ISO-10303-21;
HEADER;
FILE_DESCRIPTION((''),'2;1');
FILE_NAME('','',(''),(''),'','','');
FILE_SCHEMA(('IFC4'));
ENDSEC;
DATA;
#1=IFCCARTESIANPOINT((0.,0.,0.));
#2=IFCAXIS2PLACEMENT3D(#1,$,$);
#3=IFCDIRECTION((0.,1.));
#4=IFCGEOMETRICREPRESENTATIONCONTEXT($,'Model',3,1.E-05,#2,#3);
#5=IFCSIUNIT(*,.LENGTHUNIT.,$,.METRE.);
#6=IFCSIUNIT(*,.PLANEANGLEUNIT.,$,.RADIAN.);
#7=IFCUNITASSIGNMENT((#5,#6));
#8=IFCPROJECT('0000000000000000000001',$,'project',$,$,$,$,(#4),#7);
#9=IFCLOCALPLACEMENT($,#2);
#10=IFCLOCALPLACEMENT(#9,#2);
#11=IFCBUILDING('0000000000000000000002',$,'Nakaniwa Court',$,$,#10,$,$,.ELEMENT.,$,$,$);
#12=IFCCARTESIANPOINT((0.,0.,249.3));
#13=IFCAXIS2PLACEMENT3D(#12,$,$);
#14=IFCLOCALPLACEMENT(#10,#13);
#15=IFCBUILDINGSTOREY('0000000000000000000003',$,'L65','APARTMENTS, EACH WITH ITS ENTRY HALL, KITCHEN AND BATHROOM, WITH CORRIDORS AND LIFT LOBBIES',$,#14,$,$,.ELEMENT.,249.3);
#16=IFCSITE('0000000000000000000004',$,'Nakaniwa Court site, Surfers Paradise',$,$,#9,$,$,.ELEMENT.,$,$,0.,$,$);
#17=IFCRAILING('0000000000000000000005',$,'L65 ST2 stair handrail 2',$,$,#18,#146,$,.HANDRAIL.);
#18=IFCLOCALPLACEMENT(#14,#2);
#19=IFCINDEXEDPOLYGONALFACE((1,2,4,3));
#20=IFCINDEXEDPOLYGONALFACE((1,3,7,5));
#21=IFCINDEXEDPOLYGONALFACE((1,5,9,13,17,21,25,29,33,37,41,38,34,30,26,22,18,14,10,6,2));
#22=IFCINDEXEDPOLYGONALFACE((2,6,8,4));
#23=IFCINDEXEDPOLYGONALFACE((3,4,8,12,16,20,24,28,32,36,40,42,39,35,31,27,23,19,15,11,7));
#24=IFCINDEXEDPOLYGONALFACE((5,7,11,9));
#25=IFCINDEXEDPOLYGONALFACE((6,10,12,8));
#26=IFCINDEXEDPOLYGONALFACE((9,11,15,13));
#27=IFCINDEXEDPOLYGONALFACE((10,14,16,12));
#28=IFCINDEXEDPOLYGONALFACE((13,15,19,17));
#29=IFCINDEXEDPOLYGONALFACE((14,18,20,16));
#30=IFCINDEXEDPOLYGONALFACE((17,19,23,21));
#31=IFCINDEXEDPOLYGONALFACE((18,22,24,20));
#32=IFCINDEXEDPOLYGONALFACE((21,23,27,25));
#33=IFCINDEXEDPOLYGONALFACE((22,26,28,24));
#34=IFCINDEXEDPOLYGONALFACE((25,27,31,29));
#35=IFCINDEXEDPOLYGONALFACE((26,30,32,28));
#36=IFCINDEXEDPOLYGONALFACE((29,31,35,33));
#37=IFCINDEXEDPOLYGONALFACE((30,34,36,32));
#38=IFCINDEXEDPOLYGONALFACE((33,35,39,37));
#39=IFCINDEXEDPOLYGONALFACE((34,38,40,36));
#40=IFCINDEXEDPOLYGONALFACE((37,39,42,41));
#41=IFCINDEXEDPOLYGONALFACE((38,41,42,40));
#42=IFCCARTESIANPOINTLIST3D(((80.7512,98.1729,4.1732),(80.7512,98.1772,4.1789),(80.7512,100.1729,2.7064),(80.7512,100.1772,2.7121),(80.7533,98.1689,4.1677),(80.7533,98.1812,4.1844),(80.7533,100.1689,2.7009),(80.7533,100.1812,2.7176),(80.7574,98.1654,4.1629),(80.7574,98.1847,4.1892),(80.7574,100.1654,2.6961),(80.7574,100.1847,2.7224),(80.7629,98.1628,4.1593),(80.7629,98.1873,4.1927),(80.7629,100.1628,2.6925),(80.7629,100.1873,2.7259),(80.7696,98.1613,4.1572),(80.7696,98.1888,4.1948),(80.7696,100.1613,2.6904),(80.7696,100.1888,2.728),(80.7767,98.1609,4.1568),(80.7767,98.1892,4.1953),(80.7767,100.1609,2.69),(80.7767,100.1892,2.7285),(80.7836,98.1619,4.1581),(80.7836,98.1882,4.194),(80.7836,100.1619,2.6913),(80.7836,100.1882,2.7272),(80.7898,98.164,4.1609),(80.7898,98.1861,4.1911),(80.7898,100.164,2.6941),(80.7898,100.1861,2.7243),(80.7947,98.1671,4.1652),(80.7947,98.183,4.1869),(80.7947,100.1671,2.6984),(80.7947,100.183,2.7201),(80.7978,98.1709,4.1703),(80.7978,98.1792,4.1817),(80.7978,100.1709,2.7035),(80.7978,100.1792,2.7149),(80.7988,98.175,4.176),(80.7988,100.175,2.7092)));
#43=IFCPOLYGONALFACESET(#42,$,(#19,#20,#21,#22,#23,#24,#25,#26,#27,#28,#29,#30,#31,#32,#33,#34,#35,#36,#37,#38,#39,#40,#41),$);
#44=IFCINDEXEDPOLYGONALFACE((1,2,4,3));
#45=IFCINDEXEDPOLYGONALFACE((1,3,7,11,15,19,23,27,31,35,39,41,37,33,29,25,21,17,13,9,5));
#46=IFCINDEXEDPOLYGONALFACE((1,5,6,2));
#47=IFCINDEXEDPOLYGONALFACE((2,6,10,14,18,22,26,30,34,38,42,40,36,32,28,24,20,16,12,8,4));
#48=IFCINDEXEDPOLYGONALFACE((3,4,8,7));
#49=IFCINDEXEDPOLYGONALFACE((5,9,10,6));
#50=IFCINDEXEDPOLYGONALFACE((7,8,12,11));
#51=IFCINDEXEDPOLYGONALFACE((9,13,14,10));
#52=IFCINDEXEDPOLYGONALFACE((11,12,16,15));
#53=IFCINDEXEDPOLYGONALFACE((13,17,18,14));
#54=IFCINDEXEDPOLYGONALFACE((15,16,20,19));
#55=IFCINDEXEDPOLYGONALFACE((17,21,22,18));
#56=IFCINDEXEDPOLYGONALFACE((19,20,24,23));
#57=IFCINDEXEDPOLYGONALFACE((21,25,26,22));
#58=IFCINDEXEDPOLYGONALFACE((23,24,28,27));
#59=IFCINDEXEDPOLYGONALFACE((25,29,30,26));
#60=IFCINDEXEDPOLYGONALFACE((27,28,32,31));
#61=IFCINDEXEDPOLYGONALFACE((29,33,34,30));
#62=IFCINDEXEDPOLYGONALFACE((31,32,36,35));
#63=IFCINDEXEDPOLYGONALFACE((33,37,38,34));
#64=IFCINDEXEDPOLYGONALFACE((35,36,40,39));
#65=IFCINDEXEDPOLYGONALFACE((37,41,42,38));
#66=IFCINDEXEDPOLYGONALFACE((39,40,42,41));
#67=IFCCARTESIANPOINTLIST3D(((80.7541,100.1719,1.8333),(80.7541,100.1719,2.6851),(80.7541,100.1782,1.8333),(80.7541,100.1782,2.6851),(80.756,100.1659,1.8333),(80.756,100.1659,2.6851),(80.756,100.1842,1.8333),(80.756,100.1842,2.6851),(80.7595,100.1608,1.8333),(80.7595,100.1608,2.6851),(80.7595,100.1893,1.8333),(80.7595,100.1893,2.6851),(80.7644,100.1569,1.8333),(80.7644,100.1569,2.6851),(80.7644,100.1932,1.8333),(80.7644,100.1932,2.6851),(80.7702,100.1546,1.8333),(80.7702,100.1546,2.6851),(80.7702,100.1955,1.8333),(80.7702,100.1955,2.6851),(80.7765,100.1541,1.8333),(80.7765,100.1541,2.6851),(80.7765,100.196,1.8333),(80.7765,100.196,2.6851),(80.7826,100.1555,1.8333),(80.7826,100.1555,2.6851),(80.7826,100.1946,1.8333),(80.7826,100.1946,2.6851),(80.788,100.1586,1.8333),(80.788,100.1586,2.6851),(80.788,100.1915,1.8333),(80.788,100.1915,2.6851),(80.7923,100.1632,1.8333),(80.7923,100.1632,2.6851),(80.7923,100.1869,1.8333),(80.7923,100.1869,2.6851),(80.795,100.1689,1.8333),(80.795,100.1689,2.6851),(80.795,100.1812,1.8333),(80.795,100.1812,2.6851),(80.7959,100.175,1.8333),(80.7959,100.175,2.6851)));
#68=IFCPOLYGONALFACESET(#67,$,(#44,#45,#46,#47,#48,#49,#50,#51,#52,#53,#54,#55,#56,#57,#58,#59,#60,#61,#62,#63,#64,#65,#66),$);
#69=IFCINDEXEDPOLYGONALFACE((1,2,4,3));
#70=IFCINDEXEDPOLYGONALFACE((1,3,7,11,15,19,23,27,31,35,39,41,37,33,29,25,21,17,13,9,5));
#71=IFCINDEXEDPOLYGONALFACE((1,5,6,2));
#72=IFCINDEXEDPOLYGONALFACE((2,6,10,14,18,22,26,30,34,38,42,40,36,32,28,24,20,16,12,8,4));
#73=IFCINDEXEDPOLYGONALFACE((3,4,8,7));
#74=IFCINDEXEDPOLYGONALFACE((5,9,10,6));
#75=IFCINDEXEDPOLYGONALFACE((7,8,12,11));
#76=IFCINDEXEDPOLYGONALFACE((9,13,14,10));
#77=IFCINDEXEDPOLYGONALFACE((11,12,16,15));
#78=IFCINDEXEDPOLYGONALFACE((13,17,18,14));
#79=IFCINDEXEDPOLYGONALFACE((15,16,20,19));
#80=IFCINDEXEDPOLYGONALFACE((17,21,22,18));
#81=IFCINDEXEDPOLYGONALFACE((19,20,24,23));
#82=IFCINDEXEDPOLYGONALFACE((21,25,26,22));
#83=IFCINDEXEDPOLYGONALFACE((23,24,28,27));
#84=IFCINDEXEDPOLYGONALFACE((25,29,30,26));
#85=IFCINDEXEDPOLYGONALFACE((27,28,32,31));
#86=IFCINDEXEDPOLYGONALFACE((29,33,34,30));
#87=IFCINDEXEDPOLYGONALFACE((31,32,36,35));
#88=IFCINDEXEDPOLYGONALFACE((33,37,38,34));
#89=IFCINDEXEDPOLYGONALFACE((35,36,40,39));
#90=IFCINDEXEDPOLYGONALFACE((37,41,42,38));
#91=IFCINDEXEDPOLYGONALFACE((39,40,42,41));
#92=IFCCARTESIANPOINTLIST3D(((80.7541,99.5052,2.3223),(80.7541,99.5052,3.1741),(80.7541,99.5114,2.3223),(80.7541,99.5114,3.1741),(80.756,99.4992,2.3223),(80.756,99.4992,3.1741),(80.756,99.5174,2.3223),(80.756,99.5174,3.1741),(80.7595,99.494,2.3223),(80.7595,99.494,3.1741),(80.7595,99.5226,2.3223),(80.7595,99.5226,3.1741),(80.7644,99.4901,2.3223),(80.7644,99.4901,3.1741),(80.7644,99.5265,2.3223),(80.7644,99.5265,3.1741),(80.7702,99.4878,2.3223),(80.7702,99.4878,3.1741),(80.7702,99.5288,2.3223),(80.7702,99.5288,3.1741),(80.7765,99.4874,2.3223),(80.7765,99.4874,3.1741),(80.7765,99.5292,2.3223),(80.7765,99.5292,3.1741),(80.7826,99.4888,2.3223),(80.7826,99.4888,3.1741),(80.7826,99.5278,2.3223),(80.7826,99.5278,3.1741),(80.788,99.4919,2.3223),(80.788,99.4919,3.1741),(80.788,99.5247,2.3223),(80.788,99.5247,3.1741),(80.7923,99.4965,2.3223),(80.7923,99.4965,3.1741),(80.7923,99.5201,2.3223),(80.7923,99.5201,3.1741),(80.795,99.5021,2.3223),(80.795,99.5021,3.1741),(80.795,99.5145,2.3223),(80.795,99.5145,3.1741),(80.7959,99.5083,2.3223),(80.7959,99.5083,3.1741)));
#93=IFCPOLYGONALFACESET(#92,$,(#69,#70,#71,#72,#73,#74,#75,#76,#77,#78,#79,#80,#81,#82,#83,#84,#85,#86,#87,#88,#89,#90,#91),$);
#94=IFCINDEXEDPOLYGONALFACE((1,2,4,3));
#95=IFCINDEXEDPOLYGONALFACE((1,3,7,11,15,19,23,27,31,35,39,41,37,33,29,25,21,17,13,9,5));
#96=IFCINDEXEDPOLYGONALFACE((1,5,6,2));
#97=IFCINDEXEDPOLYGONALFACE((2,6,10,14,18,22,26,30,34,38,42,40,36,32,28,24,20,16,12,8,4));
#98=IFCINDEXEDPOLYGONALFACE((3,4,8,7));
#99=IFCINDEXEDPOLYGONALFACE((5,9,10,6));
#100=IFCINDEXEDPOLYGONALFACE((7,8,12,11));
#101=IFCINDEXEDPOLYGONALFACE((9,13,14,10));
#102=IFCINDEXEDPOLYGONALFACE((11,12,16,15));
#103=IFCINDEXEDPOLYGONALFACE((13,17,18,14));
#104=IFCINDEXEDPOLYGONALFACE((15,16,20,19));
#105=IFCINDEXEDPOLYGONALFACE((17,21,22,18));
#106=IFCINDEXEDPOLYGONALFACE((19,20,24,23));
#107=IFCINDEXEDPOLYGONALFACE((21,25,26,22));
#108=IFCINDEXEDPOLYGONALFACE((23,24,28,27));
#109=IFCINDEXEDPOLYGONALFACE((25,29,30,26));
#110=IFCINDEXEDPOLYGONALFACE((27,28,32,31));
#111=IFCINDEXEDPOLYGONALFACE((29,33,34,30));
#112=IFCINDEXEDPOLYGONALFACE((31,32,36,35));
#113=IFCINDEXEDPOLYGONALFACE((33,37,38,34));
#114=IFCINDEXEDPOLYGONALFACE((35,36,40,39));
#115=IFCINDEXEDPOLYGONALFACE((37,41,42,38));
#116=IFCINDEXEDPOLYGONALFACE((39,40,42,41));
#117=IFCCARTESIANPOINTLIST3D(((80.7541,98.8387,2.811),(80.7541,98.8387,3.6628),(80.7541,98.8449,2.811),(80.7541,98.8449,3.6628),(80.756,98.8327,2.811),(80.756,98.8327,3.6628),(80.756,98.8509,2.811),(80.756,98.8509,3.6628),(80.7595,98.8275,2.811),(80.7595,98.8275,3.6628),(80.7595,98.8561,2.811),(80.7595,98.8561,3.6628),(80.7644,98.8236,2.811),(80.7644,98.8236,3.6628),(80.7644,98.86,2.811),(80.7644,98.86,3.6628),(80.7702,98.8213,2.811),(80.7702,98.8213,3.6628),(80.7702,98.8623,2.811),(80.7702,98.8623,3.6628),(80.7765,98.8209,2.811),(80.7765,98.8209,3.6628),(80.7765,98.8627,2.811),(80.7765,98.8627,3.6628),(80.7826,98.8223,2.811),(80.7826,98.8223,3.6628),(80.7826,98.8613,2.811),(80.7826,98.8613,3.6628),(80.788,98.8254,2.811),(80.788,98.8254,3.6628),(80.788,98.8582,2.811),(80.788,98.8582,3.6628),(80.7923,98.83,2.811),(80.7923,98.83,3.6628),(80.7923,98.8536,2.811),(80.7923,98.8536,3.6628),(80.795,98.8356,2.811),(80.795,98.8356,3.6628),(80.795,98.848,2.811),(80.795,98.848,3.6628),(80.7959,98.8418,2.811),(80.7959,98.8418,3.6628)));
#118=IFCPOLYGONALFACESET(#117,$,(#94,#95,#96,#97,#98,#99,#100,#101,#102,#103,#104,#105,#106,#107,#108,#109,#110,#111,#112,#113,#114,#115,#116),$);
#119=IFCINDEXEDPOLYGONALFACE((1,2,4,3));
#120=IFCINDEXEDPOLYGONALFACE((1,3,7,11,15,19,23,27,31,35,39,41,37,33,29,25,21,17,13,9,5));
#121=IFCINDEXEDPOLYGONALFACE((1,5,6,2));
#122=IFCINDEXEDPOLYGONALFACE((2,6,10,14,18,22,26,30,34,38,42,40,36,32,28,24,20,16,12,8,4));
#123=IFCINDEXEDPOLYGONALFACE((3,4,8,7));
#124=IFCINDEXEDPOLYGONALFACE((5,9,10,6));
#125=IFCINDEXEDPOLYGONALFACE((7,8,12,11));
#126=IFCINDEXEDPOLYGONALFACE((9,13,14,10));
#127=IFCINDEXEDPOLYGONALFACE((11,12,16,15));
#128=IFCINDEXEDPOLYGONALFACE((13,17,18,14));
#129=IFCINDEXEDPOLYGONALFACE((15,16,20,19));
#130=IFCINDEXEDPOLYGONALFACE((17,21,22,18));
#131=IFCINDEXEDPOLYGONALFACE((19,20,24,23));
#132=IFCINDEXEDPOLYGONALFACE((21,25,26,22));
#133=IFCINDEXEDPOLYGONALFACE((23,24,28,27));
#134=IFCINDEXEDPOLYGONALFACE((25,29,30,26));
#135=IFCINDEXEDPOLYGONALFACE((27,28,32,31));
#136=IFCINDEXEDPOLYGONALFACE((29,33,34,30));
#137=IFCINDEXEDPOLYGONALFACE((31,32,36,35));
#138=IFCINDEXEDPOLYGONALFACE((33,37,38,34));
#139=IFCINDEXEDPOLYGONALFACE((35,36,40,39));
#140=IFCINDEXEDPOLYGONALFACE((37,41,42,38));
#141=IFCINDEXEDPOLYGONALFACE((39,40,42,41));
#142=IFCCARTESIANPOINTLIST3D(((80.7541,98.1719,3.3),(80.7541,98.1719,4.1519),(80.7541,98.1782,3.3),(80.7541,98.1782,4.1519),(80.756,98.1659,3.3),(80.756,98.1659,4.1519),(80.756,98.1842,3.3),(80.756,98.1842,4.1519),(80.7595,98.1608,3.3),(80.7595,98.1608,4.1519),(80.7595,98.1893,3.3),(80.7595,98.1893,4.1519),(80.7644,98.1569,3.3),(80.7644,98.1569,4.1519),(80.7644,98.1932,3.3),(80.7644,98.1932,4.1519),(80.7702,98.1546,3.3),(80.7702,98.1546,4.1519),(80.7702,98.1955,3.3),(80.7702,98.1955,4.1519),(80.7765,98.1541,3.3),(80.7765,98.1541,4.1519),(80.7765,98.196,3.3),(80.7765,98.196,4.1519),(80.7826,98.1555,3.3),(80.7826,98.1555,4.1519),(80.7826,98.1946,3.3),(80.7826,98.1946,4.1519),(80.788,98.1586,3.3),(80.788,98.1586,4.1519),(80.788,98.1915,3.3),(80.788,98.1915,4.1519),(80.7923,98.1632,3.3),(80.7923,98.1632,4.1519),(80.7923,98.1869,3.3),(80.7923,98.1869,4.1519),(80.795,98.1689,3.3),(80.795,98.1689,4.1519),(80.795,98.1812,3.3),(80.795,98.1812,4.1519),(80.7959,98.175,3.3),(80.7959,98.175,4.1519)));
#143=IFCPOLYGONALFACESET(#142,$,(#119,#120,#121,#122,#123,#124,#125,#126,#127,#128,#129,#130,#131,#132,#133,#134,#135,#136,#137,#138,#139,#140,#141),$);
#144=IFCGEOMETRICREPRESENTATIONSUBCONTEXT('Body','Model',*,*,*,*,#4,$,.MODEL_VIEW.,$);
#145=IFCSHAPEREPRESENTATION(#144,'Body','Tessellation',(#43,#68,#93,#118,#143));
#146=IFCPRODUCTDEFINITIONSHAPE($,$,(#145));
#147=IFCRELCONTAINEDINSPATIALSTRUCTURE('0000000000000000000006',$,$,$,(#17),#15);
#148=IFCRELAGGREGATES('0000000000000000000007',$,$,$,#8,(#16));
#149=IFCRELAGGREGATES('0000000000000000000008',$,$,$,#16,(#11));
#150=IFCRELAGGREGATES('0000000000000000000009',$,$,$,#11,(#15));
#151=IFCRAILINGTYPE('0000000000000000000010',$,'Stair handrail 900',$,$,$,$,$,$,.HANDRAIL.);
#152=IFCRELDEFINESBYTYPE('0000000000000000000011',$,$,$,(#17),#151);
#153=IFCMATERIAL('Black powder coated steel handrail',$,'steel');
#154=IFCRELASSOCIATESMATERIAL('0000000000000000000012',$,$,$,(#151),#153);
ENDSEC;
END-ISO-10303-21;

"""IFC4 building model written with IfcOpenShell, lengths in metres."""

from ifc_helpers import new_model, si_unit, direction, frame, origin, origin_2d, place, context, subcontext, project, spatial, circle, extrude, material, type_object, element, save


model = new_model("IFC4")

# Units and contexts
model_context = context("Model", 3, precision=1e-05, world=origin(), true_north=direction((0.0, 1.0)))
body_context = subcontext(model_context, "Body", "Model", "MODEL_VIEW")
ifc_project = project(units=[si_unit("LENGTHUNIT", "METRE"), si_unit("PLANEANGLEUNIT", "RADIAN")], contexts=[model_context])

# Site, building, storey
site_placement = place(None, origin())
site = spatial("IfcSite", under=ifc_project, at=site_placement, Name="Nakaniwa Court site, Surfers Paradise", CompositionType="ELEMENT", RefElevation=0.0)
building_placement = place(site_placement, origin())
building = spatial("IfcBuilding", under=site, at=building_placement, Name="Nakaniwa Court", CompositionType="ELEMENT")
storey_placement = place(building_placement, frame((0.0, 0.0, 249.3)))
storey = spatial("IfcBuildingStorey", under=building, at=storey_placement, Name="L65", Description="APARTMENTS, EACH WITH ITS ENTRY HALL, KITCHEN AND BATHROOM, WITH CORRIDORS AND LIFT LOBBIES", CompositionType="ELEMENT", Elevation=249.3)

# Railing
ifc_material_1 = material(Name="Black powder coated steel handrail", Category="steel")
railing_type_1 = type_object("IfcRailingType", Name="Stair handrail 900", PredefinedType="HANDRAIL", material=ifc_material_1)
railing_1_placement = place(storey_placement, frame((80.7749, 100.175, 1.8333)))
element("IfcRailing", 1, at=railing_1_placement, inside=storey, type_object=railing_type_1, Name="L65 ST2 stair handrail 2", PredefinedType="HANDRAIL", context=body_context, shape_type="SweptSolid", body=[
    extrude(circle(Radius=0.0239, at=origin_2d()), frame((0.0, 0.0, 0.876), z_axis=(0.0, -0.80638, 0.591398), x_axis=(1.0, 0.0, 0.0)), (0.0, 0.0, 1.0), 2.4802),
    extrude(circle(Radius=0.021, at=origin_2d()), origin(), (0.0, 0.0, 1.0), 0.8518),
    extrude(circle(Radius=0.021, at=origin_2d()), frame((0.0, -0.6667, 0.489)), (0.0, 0.0, 1.0), 0.8518),
    extrude(circle(Radius=0.021, at=origin_2d()), frame((0.0, -1.3333, 0.9778)), (0.0, 0.0, 1.0), 0.8518),
    extrude(circle(Radius=0.021, at=origin_2d()), frame((0.0, -2.0, 1.4668)), (0.0, 0.0, 1.0), 0.8518),
])

save(model, "model.ifc")
